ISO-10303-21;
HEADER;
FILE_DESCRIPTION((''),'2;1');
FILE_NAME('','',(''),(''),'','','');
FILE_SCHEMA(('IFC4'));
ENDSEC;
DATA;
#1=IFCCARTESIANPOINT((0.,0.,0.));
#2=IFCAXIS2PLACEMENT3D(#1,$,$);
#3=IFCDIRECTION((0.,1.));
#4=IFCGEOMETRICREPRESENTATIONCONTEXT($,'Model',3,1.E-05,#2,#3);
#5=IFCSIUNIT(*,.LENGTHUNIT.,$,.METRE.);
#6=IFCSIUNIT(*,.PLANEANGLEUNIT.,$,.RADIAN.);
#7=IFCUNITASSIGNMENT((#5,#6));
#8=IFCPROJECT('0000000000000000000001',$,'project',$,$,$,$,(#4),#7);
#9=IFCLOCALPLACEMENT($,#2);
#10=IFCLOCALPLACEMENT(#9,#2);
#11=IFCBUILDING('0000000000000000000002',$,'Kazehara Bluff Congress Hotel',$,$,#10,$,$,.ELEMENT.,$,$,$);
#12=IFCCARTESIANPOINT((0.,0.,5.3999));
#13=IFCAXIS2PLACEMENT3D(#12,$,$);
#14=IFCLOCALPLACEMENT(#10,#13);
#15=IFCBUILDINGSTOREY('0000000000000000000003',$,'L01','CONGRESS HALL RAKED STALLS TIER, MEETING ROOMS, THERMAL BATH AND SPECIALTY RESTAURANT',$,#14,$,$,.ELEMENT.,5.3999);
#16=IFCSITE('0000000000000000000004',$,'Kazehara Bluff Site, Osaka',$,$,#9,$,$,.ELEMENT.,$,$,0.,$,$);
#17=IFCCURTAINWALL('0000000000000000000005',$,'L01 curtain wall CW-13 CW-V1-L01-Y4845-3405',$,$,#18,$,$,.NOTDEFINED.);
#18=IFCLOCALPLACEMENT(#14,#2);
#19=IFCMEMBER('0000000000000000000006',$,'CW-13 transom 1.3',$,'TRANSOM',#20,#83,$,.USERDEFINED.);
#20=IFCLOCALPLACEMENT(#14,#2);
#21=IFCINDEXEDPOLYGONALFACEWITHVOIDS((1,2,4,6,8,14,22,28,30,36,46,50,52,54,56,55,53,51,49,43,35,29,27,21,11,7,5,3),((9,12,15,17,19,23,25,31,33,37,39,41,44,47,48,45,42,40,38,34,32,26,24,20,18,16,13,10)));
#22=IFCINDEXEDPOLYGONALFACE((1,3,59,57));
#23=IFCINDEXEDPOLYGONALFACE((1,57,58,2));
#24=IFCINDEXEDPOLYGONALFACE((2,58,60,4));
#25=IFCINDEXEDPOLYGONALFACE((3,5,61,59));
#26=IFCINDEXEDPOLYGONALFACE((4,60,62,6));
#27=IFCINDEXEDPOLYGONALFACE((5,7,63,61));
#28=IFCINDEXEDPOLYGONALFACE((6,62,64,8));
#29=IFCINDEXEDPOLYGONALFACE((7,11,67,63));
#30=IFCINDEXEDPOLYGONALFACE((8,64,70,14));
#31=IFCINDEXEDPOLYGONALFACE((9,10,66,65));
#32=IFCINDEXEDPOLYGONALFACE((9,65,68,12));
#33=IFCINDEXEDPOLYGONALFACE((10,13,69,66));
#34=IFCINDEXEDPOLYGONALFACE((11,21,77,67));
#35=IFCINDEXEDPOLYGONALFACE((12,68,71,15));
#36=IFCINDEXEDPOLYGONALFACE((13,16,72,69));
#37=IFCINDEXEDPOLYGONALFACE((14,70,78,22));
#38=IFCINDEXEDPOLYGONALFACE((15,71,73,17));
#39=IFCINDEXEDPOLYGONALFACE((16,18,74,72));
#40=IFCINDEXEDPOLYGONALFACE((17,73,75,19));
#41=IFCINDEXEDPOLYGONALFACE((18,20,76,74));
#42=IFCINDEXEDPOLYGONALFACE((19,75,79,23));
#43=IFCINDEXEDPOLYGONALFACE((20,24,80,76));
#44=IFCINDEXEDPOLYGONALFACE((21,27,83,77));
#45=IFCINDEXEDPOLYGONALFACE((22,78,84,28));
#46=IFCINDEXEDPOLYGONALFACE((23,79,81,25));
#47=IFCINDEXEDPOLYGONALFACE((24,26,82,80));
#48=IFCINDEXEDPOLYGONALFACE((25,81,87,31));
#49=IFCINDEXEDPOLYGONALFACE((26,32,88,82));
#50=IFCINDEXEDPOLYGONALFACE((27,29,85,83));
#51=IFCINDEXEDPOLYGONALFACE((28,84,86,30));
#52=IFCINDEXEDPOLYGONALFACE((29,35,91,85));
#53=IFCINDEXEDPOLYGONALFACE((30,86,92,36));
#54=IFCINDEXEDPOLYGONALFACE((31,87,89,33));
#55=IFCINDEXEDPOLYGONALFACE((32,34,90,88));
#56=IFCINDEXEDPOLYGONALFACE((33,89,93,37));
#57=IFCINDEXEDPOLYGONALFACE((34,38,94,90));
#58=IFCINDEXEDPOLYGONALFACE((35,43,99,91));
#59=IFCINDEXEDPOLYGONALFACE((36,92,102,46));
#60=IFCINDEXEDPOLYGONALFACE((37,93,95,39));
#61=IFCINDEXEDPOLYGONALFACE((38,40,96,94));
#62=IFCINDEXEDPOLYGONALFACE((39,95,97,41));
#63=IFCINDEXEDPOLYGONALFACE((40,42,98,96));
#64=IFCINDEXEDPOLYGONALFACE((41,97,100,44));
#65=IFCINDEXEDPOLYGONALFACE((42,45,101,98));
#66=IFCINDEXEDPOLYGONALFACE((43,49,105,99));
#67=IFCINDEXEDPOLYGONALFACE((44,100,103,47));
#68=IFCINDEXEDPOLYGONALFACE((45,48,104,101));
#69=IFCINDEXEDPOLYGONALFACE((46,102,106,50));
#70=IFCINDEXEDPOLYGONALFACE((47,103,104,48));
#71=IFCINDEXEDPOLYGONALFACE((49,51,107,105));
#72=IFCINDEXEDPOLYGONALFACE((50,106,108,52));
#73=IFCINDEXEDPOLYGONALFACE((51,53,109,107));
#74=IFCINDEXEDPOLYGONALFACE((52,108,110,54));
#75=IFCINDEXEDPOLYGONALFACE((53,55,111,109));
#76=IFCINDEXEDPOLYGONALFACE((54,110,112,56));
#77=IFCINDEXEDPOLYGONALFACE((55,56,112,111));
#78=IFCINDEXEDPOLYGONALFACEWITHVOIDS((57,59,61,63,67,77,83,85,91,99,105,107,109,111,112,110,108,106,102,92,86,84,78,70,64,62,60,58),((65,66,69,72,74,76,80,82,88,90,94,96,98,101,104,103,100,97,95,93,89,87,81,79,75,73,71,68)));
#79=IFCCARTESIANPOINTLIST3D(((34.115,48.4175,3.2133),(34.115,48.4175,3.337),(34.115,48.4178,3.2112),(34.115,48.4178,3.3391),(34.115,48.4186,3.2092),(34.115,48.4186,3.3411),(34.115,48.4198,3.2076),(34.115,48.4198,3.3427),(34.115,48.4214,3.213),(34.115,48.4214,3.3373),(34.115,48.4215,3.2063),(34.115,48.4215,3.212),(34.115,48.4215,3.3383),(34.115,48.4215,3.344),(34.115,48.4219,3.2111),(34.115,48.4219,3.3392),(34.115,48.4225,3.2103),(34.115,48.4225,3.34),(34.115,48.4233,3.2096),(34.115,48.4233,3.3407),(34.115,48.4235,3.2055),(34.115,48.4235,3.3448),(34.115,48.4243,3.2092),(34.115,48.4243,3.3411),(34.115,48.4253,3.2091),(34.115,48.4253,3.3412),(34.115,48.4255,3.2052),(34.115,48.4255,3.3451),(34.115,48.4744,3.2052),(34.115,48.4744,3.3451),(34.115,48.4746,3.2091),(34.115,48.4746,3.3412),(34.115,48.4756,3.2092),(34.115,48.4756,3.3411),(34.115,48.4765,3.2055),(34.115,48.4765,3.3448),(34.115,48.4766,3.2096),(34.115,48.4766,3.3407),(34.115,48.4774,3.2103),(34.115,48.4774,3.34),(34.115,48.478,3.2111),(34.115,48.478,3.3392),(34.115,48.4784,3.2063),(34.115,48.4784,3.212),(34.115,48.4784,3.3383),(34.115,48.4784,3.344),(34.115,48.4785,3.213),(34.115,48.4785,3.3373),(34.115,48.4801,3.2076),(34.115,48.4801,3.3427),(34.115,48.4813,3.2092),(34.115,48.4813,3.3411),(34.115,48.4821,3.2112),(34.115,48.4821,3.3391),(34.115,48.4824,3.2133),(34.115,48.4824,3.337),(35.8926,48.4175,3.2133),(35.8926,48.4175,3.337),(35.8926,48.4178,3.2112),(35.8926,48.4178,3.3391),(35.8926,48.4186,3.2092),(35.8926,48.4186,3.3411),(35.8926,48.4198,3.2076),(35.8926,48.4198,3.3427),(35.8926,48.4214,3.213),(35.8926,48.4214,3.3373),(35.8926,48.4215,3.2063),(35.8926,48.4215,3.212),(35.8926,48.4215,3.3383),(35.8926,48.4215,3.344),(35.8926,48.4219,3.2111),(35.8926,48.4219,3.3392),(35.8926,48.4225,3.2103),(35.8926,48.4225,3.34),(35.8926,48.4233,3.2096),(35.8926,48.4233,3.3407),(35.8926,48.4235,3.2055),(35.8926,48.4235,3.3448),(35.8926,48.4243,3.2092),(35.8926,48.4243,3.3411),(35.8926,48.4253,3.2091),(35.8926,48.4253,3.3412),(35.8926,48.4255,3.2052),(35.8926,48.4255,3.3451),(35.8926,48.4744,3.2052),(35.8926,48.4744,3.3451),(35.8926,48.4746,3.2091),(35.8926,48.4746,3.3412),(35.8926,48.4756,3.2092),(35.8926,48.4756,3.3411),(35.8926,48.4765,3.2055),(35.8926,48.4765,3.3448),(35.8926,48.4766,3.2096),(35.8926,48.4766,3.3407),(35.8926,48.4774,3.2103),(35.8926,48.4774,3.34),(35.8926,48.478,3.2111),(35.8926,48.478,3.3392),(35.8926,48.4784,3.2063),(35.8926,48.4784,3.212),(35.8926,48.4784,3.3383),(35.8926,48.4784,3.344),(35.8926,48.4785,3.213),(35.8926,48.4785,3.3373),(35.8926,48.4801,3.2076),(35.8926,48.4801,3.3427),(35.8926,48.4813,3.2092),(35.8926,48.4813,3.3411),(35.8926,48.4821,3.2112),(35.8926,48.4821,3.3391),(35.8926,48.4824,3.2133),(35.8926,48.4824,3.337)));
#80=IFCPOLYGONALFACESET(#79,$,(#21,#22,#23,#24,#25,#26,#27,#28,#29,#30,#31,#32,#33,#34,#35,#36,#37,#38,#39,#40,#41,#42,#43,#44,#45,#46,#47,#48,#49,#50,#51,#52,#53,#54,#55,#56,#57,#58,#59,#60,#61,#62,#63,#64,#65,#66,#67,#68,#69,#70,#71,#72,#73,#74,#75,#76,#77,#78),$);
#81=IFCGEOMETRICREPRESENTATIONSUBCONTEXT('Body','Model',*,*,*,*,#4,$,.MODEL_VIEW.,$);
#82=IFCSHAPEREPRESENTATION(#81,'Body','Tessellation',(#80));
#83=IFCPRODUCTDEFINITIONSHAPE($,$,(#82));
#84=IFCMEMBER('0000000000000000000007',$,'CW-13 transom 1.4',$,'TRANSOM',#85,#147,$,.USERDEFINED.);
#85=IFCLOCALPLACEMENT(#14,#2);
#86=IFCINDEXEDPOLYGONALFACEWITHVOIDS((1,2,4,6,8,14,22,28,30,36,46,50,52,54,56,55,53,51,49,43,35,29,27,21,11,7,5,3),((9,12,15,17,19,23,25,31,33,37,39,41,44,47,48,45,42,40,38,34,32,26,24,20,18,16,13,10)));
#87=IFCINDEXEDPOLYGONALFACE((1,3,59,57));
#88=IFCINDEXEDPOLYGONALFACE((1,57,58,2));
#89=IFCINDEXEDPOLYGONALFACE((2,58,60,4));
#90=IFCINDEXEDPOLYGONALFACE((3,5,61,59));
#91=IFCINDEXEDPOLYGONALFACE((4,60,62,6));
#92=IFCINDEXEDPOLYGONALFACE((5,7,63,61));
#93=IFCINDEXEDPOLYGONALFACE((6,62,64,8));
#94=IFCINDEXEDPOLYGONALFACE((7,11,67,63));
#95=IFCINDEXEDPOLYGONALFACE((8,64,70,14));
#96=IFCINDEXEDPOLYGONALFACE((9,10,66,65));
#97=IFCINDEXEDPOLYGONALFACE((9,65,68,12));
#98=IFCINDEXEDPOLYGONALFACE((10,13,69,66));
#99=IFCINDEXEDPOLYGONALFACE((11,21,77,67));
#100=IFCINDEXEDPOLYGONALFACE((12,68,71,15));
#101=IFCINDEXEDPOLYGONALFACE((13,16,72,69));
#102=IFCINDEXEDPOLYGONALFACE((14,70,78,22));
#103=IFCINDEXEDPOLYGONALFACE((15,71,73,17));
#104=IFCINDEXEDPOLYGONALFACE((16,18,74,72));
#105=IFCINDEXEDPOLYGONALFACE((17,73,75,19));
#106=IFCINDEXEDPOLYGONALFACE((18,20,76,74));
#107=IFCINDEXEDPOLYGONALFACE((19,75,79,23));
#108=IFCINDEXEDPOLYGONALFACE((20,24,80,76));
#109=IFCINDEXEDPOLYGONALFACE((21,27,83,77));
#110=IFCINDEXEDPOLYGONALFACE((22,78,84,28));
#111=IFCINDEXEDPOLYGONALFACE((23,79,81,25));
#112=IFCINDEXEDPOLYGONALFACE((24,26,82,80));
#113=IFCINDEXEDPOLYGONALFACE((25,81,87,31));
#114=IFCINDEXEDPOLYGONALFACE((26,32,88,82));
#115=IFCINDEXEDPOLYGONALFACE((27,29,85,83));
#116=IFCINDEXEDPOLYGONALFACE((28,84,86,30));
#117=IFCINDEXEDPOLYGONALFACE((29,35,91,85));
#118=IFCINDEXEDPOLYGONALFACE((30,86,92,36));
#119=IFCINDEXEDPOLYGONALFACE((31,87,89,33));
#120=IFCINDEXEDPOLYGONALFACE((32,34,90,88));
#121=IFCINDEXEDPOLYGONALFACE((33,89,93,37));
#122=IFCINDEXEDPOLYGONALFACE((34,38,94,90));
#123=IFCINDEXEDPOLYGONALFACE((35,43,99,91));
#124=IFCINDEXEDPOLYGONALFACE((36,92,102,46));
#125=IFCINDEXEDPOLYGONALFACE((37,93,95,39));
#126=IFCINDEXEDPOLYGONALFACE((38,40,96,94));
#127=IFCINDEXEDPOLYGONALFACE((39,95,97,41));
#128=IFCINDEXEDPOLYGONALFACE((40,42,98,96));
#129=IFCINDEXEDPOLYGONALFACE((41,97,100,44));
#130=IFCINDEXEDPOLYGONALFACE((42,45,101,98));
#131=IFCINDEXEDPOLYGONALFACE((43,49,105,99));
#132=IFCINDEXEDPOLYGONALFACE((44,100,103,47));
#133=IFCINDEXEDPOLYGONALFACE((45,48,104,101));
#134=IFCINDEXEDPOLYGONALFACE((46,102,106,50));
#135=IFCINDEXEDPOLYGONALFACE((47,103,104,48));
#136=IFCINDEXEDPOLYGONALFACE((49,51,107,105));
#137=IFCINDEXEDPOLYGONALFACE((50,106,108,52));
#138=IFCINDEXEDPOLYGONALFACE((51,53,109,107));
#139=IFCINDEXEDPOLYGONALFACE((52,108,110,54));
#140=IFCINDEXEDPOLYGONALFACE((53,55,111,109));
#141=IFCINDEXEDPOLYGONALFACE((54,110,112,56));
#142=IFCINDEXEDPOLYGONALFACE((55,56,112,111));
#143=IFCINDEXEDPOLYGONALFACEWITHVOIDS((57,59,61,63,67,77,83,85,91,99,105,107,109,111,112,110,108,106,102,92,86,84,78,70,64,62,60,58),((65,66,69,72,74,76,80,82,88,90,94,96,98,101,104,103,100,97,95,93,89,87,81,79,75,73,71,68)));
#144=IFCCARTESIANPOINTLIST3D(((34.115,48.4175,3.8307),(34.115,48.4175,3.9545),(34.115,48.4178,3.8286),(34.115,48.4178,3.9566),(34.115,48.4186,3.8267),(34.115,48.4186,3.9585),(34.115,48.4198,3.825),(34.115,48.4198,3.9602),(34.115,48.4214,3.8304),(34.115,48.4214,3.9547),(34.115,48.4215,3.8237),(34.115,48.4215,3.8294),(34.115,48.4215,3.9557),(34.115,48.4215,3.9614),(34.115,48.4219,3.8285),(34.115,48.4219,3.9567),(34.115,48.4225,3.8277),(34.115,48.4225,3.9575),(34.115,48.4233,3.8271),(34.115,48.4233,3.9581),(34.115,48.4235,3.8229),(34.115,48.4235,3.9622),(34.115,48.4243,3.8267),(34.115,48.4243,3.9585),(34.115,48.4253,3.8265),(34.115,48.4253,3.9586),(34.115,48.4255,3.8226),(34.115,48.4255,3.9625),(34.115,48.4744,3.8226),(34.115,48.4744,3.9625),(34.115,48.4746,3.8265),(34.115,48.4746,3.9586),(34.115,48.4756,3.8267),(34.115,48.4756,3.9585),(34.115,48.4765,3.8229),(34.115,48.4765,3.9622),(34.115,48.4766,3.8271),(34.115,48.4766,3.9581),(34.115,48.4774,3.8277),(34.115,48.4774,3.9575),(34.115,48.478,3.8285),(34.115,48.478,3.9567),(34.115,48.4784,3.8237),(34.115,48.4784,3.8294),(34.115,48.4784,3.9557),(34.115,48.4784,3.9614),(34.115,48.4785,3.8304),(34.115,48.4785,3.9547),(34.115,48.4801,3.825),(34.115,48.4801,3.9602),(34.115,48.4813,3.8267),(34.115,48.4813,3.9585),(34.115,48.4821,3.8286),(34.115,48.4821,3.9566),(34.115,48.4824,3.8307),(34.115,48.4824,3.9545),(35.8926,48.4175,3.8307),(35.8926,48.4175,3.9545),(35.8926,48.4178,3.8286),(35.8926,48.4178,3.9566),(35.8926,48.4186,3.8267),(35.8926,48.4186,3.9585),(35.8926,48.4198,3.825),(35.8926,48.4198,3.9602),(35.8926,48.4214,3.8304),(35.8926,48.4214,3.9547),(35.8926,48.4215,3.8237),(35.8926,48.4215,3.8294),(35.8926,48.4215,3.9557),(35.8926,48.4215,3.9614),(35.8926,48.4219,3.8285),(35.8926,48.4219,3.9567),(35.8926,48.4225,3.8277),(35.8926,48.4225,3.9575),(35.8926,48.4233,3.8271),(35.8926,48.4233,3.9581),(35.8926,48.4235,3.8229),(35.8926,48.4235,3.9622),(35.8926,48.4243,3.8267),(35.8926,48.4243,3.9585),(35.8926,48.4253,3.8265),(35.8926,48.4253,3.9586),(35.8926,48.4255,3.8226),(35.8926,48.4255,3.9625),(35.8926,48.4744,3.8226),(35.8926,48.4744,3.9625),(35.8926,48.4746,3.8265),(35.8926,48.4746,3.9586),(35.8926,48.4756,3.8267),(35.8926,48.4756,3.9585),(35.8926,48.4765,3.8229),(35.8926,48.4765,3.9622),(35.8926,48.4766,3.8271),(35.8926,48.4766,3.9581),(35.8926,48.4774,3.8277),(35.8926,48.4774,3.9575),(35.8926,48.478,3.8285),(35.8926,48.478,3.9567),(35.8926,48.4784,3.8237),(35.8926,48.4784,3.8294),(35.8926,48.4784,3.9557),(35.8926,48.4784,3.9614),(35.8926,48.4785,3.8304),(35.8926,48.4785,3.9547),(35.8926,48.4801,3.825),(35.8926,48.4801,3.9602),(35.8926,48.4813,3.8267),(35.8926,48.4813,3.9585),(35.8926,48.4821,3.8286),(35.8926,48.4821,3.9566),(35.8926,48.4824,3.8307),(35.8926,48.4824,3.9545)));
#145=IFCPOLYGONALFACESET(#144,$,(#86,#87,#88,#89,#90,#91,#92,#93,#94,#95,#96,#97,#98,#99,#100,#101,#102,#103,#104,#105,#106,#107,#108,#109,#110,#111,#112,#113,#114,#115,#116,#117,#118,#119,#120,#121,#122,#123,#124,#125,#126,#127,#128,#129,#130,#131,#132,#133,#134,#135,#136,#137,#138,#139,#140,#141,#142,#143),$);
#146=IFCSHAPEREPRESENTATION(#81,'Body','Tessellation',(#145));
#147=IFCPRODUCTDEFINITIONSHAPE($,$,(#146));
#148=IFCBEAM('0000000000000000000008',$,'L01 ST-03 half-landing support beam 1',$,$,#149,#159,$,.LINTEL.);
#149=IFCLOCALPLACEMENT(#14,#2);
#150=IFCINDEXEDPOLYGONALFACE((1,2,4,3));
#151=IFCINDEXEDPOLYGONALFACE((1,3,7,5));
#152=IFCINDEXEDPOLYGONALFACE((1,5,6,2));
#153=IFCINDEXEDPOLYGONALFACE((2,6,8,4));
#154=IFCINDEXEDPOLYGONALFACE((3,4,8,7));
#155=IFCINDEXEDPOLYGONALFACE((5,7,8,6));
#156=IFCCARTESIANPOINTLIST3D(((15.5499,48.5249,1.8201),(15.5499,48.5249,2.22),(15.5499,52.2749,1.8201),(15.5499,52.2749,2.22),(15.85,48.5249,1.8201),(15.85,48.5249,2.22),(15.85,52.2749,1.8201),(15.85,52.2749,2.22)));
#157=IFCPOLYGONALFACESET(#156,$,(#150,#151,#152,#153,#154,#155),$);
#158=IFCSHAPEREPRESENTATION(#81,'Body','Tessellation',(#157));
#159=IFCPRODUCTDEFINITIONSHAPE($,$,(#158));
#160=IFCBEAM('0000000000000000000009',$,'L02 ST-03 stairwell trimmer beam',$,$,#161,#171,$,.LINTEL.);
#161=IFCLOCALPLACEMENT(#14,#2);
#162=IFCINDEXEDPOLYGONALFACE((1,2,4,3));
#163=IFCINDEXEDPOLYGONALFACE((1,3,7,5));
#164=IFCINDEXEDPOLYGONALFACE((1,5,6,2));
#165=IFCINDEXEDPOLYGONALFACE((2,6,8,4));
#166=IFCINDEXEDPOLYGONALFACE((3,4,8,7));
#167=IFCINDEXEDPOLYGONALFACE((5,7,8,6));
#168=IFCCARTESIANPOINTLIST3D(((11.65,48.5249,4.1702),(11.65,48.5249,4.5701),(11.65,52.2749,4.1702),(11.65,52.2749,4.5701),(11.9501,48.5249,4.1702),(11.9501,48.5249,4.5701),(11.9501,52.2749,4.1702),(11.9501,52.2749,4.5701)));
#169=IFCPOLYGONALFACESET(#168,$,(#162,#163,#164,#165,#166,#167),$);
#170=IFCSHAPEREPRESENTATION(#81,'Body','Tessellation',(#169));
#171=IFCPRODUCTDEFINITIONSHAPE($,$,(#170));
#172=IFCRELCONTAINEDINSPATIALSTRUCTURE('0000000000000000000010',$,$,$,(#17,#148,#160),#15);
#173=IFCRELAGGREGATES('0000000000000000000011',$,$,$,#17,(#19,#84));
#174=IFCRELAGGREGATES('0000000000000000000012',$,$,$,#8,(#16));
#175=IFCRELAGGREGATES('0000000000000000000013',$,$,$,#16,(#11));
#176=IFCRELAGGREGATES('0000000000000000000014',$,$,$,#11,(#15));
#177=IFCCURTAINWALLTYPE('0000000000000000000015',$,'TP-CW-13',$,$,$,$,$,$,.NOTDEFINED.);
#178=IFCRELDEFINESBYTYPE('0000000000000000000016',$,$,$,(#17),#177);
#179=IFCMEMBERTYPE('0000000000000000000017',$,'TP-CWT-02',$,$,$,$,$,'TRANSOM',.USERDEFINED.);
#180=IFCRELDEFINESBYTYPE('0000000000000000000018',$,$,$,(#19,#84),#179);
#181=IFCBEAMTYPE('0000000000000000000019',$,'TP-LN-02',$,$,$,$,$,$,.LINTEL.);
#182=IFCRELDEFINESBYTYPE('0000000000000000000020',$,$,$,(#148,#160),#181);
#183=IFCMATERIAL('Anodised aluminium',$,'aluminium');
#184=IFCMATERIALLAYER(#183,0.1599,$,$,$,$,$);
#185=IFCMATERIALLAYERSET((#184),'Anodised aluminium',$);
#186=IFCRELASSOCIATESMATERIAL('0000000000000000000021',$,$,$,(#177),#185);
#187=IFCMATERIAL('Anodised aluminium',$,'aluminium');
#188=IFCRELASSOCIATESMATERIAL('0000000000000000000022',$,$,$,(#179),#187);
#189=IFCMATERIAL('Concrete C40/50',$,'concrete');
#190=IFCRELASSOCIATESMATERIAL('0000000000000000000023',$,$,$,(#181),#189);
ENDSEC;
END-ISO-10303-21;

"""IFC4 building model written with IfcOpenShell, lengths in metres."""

from ifc_helpers import new_model, si_unit, direction, frame, origin, origin_2d, place, context, subcontext, project, spatial, rectangle, hollow_rectangle, extrude, material, layer, layer_set, material_profile, profile_set, type_object, element, aggregate, save


model = new_model("IFC4")

# Units and contexts
model_context = context("Model", 3, precision=1e-05, world=origin(), true_north=direction((0.0, 1.0)))
body_context = subcontext(model_context, "Body", "Model", "MODEL_VIEW")
ifc_project = project(units=[si_unit("LENGTHUNIT", "METRE"), si_unit("PLANEANGLEUNIT", "RADIAN")], contexts=[model_context])

# Site, building, storey
site_placement = place(None, origin())
site = spatial("IfcSite", under=ifc_project, at=site_placement, Name="Kazehara Bluff Site, Osaka", CompositionType="ELEMENT", RefElevation=0.0)
building_placement = place(site_placement, origin())
building = spatial("IfcBuilding", under=site, at=building_placement, Name="Kazehara Bluff Congress Hotel", CompositionType="ELEMENT")
storey_placement = place(building_placement, frame((0.0, 0.0, 5.3999)))
storey = spatial("IfcBuildingStorey", under=building, at=storey_placement, Name="L01", Description="CONGRESS HALL RAKED STALLS TIER, MEETING ROOMS, THERMAL BATH AND SPECIALTY RESTAURANT", CompositionType="ELEMENT", Elevation=5.3999)

# Curtain wall
ifc_material_1 = material(Name="Anodised aluminium", Category="aluminium")
ifc_layer_1 = layer(ifc_material_1, 0.1599)
ifc_layer_set_1 = layer_set([ifc_layer_1], Name="Anodised aluminium")
curtain_wall_type = type_object("IfcCurtainWallType", Name="TP-CW-13", PredefinedType="NOTDEFINED", material=ifc_layer_set_1)
curtain_wall_1_placement = place(storey_placement, origin())
curtain_wall_1 = element("IfcCurtainWall", 1, at=curtain_wall_1_placement, inside=storey, type_object=curtain_wall_type, Name="L01 curtain wall CW-13 CW-V1-L01-Y4845-3405", PredefinedType="NOTDEFINED")

# Members
ifc_material_2 = material(Name="Anodised aluminium", Category="aluminium")
ifc_material_profile_1 = material_profile(ifc_material_2, hollow_rectangle(XDim=0.0649, YDim=0.1399, WallThickness=0.0039, InnerFilletRadius=0.0039, OuterFilletRadius=0.0081, at=origin_2d()))
ifc_profile_set_1 = profile_set([ifc_material_profile_1], Name="Anodised aluminium")
member_type_1 = type_object("IfcMemberType", Name="TP-CWT-02", ElementType="TRANSOM", PredefinedType="USERDEFINED", material=ifc_profile_set_1)
member_1_placement = place(storey_placement, frame((34.115, 48.45, 3.2751), z_axis=(1.0, 0.0, 0.0), x_axis=(0.0, 1.0, 0.0)))
member_1 = element("IfcMember", 2, at=member_1_placement, type_object=member_type_1, Name="CW-13 transom 1.3", ObjectType="TRANSOM", PredefinedType="USERDEFINED", context=body_context, shape_type="SweptSolid", body=[
    extrude(hollow_rectangle(XDim=0.0649, YDim=0.1399, WallThickness=0.0039, InnerFilletRadius=0.0039, OuterFilletRadius=0.0081, at=origin_2d()), origin(), (0.0, 0.0, 1.0), 1.7776),
])
member_2_placement = place(storey_placement, frame((34.115, 48.45, 3.8926), z_axis=(1.0, 0.0, 0.0), x_axis=(0.0, 1.0, 0.0)))
member_2 = element("IfcMember", 3, at=member_2_placement, type_object=member_type_1, Name="CW-13 transom 1.4", ObjectType="TRANSOM", PredefinedType="USERDEFINED", context=body_context, shape_type="SweptSolid", body=[
    extrude(hollow_rectangle(XDim=0.0649, YDim=0.1399, WallThickness=0.0039, InnerFilletRadius=0.0039, OuterFilletRadius=0.0081, at=origin_2d()), origin(), (0.0, 0.0, 1.0), 1.7776),
])

# Beams
ifc_material_3 = material(Name="Concrete C40/50", Category="concrete")
ifc_material_profile_2 = material_profile(ifc_material_3, rectangle(XDim=0.3, YDim=0.3999, at=origin_2d()))
ifc_profile_set_2 = profile_set([ifc_material_profile_2], Name="Concrete C40/50")
beam_type_1 = type_object("IfcBeamType", Name="TP-LN-02", PredefinedType="LINTEL", material=ifc_profile_set_2)
for number, where, z_axis, x_axis, name in (
    (4, (15.7, 48.5249, 2.02), (0.0, 1.0, 0.0), (-1.0, 0.0, 0.0), "L01 ST-03 half-landing support beam 1"),
    (5, (11.8, 48.5249, 4.3701), (0.0, 1.0, 0.0), (-1.0, 0.0, 0.0), "L02 ST-03 stairwell trimmer beam"),
):
    element("IfcBeam", number, at=place(storey_placement, frame(where, z_axis=z_axis, x_axis=x_axis)), inside=storey, type_object=beam_type_1, Name=name, PredefinedType="LINTEL", context=body_context, shape_type="SweptSolid", body=[
        extrude(rectangle(XDim=0.3, YDim=0.3999, at=origin_2d()), origin(), (0.0, 0.0, 1.0), 3.75),
    ])

aggregate(curtain_wall_1, [member_1, member_2])

save(model, "model.ifc")
